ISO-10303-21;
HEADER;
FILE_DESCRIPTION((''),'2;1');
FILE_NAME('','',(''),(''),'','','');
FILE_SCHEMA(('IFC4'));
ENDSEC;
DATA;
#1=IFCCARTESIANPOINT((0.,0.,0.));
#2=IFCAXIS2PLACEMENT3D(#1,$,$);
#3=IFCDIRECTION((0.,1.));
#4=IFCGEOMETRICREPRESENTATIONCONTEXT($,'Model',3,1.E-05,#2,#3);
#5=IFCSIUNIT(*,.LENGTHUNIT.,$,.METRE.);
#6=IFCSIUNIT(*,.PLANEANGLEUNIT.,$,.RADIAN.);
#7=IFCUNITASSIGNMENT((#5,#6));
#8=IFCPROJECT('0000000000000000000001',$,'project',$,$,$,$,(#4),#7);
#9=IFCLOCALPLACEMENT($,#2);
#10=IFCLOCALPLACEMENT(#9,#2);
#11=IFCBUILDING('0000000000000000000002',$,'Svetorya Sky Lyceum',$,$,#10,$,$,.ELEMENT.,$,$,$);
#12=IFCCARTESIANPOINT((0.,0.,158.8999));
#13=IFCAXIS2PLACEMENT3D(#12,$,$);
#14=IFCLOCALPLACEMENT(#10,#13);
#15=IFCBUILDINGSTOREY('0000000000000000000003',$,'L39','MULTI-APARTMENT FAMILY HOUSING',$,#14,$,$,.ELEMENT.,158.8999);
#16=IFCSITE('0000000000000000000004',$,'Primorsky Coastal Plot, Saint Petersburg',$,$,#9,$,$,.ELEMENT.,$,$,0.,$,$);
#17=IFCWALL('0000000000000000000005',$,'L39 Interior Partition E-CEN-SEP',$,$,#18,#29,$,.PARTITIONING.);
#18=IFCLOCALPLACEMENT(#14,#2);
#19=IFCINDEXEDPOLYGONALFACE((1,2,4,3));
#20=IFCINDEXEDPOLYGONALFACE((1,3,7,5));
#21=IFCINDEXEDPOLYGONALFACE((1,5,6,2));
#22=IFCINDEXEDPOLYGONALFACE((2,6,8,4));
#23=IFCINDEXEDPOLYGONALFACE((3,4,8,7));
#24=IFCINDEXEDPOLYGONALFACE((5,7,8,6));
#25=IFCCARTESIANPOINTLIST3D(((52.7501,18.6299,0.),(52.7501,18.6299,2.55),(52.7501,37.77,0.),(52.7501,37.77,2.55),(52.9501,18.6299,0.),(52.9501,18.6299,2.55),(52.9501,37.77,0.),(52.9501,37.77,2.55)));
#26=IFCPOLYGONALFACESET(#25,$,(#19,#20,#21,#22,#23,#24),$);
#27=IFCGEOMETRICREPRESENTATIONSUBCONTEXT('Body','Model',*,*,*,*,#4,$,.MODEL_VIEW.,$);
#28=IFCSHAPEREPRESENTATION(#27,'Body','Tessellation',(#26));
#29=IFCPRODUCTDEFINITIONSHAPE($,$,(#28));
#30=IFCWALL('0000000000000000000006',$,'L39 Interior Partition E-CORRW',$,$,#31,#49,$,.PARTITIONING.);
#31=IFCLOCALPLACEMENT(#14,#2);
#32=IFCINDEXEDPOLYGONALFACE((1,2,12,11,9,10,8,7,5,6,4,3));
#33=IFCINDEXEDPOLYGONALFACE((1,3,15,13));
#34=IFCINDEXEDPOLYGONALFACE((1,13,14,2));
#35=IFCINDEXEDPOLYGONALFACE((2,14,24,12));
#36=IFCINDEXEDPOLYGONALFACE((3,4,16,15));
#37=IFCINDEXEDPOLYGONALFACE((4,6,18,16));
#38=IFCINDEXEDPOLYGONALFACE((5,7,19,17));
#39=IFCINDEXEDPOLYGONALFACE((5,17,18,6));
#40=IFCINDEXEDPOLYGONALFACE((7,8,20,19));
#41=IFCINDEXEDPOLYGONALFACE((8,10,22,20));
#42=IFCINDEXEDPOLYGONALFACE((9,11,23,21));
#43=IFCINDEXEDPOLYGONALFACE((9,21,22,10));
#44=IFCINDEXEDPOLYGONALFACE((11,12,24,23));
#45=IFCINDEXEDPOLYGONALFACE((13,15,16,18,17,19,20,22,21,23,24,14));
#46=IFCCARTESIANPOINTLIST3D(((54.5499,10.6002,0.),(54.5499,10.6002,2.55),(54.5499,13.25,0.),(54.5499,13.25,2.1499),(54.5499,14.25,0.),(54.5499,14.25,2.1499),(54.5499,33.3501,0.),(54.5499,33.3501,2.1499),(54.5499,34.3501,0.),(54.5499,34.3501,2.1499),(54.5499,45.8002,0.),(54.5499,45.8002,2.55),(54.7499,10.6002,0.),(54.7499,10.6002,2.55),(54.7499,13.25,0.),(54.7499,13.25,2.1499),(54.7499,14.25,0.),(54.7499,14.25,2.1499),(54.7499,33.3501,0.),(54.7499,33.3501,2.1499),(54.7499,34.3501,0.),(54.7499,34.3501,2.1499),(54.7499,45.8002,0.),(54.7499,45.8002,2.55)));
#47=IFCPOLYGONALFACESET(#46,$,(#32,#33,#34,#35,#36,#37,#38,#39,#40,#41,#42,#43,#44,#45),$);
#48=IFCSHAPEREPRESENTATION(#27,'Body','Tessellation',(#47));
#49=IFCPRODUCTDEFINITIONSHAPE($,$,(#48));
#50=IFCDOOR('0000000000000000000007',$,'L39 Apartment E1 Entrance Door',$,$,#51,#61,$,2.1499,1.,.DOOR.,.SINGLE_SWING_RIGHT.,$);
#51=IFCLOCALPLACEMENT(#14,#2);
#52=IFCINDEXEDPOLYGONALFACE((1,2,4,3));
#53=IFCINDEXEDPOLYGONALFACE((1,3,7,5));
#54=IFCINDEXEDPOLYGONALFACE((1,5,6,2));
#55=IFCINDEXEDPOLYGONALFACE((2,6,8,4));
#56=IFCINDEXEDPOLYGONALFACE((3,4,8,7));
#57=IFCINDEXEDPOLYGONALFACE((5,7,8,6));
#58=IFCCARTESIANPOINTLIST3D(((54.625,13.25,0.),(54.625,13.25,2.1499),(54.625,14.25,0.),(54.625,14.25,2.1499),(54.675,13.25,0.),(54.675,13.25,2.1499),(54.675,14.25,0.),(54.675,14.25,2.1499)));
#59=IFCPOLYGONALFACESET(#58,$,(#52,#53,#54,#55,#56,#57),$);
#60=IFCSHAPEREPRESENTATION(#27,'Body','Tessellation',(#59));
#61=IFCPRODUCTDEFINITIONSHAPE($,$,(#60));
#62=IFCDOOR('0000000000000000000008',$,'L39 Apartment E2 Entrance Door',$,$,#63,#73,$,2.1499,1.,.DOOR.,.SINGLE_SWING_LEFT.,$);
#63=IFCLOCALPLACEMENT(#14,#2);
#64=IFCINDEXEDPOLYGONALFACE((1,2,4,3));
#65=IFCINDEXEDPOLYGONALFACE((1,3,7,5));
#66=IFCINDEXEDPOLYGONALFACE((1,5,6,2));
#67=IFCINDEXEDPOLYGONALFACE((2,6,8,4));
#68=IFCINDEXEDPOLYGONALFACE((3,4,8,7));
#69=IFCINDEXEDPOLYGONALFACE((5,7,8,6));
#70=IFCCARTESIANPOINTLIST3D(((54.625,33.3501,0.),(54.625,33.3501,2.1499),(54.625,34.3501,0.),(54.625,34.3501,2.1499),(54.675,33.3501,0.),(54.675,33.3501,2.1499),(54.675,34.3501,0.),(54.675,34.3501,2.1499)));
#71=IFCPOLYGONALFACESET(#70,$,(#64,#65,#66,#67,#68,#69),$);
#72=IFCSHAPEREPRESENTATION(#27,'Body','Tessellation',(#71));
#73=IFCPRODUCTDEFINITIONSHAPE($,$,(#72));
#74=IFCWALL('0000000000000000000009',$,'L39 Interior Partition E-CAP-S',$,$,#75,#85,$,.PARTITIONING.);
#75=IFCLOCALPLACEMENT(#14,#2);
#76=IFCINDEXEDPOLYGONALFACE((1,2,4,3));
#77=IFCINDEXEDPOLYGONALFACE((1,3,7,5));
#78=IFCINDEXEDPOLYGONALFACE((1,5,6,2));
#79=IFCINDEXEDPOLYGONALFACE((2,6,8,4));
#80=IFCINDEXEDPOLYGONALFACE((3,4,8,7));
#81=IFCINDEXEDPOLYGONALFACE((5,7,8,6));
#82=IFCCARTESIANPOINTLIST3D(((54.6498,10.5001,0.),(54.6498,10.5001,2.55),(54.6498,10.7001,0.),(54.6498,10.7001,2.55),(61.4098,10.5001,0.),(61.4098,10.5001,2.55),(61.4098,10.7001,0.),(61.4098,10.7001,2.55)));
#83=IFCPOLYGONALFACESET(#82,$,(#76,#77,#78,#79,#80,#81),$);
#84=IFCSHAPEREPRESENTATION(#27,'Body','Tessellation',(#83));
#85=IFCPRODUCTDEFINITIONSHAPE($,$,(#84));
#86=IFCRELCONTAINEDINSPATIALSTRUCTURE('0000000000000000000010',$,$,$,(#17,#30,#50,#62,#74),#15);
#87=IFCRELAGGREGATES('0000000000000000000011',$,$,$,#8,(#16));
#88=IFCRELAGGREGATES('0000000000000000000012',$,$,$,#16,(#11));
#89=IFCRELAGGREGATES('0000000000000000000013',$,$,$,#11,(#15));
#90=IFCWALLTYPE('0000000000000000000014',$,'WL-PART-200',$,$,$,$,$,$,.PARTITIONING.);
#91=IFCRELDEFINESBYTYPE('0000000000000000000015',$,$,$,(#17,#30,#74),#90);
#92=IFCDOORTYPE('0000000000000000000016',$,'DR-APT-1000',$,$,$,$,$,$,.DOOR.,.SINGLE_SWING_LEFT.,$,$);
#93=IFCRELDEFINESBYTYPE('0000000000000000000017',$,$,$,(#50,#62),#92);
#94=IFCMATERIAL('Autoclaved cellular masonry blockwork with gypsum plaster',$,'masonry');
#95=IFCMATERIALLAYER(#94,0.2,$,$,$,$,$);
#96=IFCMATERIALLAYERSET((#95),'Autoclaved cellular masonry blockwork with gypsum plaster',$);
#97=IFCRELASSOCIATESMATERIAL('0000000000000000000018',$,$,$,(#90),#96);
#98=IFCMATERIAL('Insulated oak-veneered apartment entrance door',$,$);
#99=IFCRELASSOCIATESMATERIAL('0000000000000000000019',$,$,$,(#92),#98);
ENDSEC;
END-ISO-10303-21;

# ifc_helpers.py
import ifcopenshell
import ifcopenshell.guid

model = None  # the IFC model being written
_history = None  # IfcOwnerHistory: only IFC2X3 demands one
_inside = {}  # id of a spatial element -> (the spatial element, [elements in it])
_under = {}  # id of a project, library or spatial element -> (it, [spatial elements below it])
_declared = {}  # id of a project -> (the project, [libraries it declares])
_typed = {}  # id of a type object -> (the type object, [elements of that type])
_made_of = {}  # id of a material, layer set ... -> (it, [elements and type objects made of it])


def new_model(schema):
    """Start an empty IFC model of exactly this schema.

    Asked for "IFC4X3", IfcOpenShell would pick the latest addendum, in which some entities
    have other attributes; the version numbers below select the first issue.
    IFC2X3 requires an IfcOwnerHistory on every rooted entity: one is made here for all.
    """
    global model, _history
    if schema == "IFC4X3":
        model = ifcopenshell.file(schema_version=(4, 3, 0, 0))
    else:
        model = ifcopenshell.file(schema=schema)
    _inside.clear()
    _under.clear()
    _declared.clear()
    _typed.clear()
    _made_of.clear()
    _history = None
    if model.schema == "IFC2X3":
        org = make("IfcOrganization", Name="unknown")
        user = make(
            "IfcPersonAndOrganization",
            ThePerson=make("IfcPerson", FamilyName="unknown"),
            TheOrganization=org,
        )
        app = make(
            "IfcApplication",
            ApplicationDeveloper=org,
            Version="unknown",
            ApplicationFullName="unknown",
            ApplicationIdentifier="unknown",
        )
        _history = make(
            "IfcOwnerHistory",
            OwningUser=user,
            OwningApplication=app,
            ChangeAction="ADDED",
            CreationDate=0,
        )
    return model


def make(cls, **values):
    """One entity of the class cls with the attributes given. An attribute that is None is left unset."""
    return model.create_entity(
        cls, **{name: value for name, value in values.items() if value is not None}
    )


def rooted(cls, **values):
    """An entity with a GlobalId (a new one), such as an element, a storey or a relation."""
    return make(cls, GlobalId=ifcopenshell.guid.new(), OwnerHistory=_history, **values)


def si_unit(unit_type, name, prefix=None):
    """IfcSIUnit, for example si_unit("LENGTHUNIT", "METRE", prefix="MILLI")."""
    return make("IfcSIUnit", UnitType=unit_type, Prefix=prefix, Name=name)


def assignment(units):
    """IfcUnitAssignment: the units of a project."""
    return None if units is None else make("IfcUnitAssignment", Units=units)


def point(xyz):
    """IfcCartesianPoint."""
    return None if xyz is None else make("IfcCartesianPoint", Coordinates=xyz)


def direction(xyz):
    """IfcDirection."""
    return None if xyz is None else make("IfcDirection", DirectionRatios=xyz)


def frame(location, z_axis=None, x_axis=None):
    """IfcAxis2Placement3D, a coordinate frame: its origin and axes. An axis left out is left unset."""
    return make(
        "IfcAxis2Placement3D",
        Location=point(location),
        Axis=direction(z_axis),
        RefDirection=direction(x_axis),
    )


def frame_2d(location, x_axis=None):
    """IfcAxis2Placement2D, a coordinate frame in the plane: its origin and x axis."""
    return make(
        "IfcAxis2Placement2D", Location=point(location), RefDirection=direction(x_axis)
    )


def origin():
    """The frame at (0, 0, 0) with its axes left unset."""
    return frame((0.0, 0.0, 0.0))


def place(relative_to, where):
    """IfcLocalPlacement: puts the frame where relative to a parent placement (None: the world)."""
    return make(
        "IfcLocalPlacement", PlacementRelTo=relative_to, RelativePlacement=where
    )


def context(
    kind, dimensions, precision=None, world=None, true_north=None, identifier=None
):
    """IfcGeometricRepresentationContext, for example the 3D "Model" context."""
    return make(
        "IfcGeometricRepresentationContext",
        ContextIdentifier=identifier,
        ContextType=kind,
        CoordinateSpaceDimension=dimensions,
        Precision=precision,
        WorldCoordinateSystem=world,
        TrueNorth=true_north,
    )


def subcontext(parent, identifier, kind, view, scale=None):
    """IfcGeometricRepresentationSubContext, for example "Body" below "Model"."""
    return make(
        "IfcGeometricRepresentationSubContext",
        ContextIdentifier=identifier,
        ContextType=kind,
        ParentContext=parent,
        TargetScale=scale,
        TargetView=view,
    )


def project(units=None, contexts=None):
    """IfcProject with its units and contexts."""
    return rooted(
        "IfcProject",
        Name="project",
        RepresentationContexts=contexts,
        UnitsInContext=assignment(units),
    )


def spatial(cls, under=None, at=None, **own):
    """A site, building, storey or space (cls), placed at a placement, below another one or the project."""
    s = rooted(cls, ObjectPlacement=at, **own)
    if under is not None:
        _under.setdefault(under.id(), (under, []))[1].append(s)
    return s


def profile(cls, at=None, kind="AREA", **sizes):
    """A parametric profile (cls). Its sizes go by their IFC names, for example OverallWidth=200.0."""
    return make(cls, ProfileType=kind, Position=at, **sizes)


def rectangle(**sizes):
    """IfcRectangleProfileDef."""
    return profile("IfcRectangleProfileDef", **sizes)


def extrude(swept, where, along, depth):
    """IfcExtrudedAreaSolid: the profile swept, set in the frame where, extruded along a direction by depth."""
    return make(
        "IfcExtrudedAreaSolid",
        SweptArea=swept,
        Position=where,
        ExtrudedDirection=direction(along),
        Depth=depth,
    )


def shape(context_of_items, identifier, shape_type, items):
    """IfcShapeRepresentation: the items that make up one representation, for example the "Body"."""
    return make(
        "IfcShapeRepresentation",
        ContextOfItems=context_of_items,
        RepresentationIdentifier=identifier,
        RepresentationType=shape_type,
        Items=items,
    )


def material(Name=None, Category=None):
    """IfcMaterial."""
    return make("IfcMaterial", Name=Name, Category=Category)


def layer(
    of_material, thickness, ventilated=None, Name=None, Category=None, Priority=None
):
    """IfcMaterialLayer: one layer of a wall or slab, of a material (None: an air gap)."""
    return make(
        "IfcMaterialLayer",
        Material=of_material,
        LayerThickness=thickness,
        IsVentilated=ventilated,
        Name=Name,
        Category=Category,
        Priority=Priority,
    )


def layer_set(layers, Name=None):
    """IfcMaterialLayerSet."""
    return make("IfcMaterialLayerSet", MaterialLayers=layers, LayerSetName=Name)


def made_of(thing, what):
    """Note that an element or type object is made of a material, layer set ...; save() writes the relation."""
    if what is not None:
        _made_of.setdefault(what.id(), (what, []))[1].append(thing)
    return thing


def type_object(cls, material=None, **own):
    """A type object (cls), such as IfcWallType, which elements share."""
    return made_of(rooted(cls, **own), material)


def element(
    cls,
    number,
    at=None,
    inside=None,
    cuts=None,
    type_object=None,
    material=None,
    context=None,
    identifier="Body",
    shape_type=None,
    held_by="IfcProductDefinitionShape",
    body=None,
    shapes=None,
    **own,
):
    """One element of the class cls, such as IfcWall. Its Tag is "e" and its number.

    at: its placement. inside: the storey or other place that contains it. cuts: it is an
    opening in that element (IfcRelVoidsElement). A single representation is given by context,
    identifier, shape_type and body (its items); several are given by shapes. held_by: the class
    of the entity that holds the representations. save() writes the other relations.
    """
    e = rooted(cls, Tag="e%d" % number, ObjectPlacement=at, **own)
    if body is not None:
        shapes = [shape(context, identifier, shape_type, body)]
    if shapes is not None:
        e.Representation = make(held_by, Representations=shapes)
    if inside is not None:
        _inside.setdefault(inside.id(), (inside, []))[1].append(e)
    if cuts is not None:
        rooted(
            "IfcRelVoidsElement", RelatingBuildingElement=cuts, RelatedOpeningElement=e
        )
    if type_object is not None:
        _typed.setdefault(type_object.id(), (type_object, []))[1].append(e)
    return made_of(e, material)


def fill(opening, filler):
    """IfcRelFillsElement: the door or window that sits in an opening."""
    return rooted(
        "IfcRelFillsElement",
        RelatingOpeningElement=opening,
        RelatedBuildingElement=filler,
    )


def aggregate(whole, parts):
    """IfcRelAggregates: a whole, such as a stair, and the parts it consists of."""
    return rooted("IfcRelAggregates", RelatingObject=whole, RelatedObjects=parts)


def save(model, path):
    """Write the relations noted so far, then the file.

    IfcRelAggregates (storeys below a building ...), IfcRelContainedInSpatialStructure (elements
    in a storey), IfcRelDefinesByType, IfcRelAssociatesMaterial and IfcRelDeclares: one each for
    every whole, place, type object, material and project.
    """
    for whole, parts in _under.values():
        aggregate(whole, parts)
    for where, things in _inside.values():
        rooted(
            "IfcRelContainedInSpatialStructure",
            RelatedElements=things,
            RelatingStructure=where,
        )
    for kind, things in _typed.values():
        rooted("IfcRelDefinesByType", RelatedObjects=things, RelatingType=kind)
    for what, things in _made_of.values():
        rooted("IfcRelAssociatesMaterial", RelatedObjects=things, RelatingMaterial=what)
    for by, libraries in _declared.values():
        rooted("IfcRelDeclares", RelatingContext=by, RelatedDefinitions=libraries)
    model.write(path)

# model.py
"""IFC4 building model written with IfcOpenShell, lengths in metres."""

from ifc_helpers import new_model, si_unit, direction, frame, frame_2d, origin, place, context, subcontext, project, spatial, rectangle, extrude, material, layer, layer_set, type_object, element, fill, save


model = new_model("IFC4")

# Units and contexts
model_context = context("Model", 3, precision=1e-05, world=origin(), true_north=direction((0.0, 1.0)))
body_context = subcontext(model_context, "Body", "Model", "MODEL_VIEW")
ifc_project = project(units=[si_unit("LENGTHUNIT", "METRE"), si_unit("PLANEANGLEUNIT", "RADIAN")], contexts=[model_context])

# Site, building, storey
site_placement = place(None, origin())
site = spatial("IfcSite", under=ifc_project, at=site_placement, Name="Primorsky Coastal Plot, Saint Petersburg", CompositionType="ELEMENT", RefElevation=0.0)
building_placement = place(site_placement, origin())
building = spatial("IfcBuilding", under=site, at=building_placement, Name="Svetorya Sky Lyceum", CompositionType="ELEMENT")
storey_placement = place(building_placement, frame((0.0, 0.0, 158.8999)))
storey = spatial("IfcBuildingStorey", under=building, at=storey_placement, Name="L39", Description="MULTI-APARTMENT FAMILY HOUSING", CompositionType="ELEMENT", Elevation=158.8999)

# Wall
ifc_material_1 = material(Name="Autoclaved cellular masonry blockwork with gypsum plaster", Category="masonry")
ifc_layer_1 = layer(ifc_material_1, 0.2)
ifc_layer_set_1 = layer_set([ifc_layer_1], Name="Autoclaved cellular masonry blockwork with gypsum plaster")
wall_type_1 = type_object("IfcWallType", Name="WL-PART-200", PredefinedType="PARTITIONING", material=ifc_layer_set_1)
wall_1_placement = place(storey_placement, frame((52.8501, 18.6299, 0.0), z_axis=(0.0, 0.0, 1.0), x_axis=(0.0, 1.0, 0.0)))
element("IfcWall", 1, at=wall_1_placement, inside=storey, type_object=wall_type_1, Name="L39 Interior Partition E-CEN-SEP", PredefinedType="PARTITIONING", context=body_context, shape_type="SweptSolid", body=[
    extrude(rectangle(XDim=19.1401, YDim=0.2, at=frame_2d((9.5701, 0.0))), origin(), (0.0, 0.0, 1.0), 2.55),
])

# Wall, openings, doors
wall_2_placement = place(storey_placement, frame((54.6499, 10.6001, 0.0), z_axis=(0.0, 0.0, 1.0), x_axis=(0.0, 1.0, 0.0)))
wall_2 = element("IfcWall", 2, at=wall_2_placement, inside=storey, type_object=wall_type_1, Name="L39 Interior Partition E-CORRW", PredefinedType="PARTITIONING", context=body_context, shape_type="SweptSolid", body=[
    extrude(rectangle(XDim=35.2, YDim=0.2, at=frame_2d((17.6001, 0.0))), origin(), (0.0, 0.0, 1.0), 2.55),
])
opening_1_placement = place(wall_2_placement, frame((2.6499, 0.0, 0.0)))
opening_1 = element("IfcOpeningElement", 3, at=opening_1_placement, cuts=wall_2, PredefinedType="OPENING", context=body_context, shape_type="SweptSolid", body=[
    extrude(rectangle(XDim=1.0, YDim=2.1499, at=frame_2d((0.5, 1.075))), frame((0.0, 0.1099, 0.0), z_axis=(0.0, -1.0, 0.0), x_axis=(1.0, 0.0, 0.0)), (0.0, 0.0, 1.0), 0.22),
])
opening_2_placement = place(wall_2_placement, frame((22.75, 0.0, 0.0)))
opening_2 = element("IfcOpeningElement", 4, at=opening_2_placement, cuts=wall_2, PredefinedType="OPENING", context=body_context, shape_type="SweptSolid", body=[
    extrude(rectangle(XDim=1.0, YDim=2.1499, at=frame_2d((0.5, 1.075))), frame((0.0, 0.1099, 0.0), z_axis=(0.0, -1.0, 0.0), x_axis=(1.0, 0.0, 0.0)), (0.0, 0.0, 1.0), 0.22),
])
ifc_material_2 = material(Name="Insulated oak-veneered apartment entrance door")
door_type_1 = type_object("IfcDoorType", Name="DR-APT-1000", OperationType="SINGLE_SWING_LEFT", PredefinedType="DOOR", material=ifc_material_2)
door_1_placement = place(opening_1_placement, origin())
door_1 = element("IfcDoor", 5, at=door_1_placement, inside=storey, type_object=door_type_1, Name="L39 Apartment E1 Entrance Door", OperationType="SINGLE_SWING_RIGHT", OverallHeight=2.1499, OverallWidth=1.0, PredefinedType="DOOR", context=body_context, shape_type="SweptSolid", body=[
    extrude(rectangle(XDim=1.0, YDim=2.1499, at=frame_2d((0.5, 1.075))), frame((0.0, 0.0249, 0.0), z_axis=(0.0, -1.0, 0.0), x_axis=(1.0, 0.0, 0.0)), (0.0, 0.0, 1.0), 0.05),
])
fill(opening_1, door_1)
door_2_placement = place(opening_2_placement, origin())
door_2 = element("IfcDoor", 6, at=door_2_placement, inside=storey, type_object=door_type_1, Name="L39 Apartment E2 Entrance Door", OperationType="SINGLE_SWING_LEFT", OverallHeight=2.1499, OverallWidth=1.0, PredefinedType="DOOR", context=body_context, shape_type="SweptSolid", body=[
    extrude(rectangle(XDim=1.0, YDim=2.1499, at=frame_2d((0.5, 1.075))), frame((0.0, 0.0249, 0.0), z_axis=(0.0, -1.0, 0.0), x_axis=(1.0, 0.0, 0.0)), (0.0, 0.0, 1.0), 0.05),
])
fill(opening_2, door_2)

# Wall
wall_3_placement = place(storey_placement, frame((54.6499, 10.6001, 0.0), z_axis=(0.0, 0.0, 1.0), x_axis=(1.0, 0.0, 0.0)))
element("IfcWall", 7, at=wall_3_placement, inside=storey, type_object=wall_type_1, Name="L39 Interior Partition E-CAP-S", PredefinedType="PARTITIONING", context=body_context, shape_type="SweptSolid", body=[
    extrude(rectangle(XDim=6.76, YDim=0.2, at=frame_2d((3.3799, 0.0))), origin(), (0.0, 0.0, 1.0), 2.55),
])

save(model, "model.ifc")
